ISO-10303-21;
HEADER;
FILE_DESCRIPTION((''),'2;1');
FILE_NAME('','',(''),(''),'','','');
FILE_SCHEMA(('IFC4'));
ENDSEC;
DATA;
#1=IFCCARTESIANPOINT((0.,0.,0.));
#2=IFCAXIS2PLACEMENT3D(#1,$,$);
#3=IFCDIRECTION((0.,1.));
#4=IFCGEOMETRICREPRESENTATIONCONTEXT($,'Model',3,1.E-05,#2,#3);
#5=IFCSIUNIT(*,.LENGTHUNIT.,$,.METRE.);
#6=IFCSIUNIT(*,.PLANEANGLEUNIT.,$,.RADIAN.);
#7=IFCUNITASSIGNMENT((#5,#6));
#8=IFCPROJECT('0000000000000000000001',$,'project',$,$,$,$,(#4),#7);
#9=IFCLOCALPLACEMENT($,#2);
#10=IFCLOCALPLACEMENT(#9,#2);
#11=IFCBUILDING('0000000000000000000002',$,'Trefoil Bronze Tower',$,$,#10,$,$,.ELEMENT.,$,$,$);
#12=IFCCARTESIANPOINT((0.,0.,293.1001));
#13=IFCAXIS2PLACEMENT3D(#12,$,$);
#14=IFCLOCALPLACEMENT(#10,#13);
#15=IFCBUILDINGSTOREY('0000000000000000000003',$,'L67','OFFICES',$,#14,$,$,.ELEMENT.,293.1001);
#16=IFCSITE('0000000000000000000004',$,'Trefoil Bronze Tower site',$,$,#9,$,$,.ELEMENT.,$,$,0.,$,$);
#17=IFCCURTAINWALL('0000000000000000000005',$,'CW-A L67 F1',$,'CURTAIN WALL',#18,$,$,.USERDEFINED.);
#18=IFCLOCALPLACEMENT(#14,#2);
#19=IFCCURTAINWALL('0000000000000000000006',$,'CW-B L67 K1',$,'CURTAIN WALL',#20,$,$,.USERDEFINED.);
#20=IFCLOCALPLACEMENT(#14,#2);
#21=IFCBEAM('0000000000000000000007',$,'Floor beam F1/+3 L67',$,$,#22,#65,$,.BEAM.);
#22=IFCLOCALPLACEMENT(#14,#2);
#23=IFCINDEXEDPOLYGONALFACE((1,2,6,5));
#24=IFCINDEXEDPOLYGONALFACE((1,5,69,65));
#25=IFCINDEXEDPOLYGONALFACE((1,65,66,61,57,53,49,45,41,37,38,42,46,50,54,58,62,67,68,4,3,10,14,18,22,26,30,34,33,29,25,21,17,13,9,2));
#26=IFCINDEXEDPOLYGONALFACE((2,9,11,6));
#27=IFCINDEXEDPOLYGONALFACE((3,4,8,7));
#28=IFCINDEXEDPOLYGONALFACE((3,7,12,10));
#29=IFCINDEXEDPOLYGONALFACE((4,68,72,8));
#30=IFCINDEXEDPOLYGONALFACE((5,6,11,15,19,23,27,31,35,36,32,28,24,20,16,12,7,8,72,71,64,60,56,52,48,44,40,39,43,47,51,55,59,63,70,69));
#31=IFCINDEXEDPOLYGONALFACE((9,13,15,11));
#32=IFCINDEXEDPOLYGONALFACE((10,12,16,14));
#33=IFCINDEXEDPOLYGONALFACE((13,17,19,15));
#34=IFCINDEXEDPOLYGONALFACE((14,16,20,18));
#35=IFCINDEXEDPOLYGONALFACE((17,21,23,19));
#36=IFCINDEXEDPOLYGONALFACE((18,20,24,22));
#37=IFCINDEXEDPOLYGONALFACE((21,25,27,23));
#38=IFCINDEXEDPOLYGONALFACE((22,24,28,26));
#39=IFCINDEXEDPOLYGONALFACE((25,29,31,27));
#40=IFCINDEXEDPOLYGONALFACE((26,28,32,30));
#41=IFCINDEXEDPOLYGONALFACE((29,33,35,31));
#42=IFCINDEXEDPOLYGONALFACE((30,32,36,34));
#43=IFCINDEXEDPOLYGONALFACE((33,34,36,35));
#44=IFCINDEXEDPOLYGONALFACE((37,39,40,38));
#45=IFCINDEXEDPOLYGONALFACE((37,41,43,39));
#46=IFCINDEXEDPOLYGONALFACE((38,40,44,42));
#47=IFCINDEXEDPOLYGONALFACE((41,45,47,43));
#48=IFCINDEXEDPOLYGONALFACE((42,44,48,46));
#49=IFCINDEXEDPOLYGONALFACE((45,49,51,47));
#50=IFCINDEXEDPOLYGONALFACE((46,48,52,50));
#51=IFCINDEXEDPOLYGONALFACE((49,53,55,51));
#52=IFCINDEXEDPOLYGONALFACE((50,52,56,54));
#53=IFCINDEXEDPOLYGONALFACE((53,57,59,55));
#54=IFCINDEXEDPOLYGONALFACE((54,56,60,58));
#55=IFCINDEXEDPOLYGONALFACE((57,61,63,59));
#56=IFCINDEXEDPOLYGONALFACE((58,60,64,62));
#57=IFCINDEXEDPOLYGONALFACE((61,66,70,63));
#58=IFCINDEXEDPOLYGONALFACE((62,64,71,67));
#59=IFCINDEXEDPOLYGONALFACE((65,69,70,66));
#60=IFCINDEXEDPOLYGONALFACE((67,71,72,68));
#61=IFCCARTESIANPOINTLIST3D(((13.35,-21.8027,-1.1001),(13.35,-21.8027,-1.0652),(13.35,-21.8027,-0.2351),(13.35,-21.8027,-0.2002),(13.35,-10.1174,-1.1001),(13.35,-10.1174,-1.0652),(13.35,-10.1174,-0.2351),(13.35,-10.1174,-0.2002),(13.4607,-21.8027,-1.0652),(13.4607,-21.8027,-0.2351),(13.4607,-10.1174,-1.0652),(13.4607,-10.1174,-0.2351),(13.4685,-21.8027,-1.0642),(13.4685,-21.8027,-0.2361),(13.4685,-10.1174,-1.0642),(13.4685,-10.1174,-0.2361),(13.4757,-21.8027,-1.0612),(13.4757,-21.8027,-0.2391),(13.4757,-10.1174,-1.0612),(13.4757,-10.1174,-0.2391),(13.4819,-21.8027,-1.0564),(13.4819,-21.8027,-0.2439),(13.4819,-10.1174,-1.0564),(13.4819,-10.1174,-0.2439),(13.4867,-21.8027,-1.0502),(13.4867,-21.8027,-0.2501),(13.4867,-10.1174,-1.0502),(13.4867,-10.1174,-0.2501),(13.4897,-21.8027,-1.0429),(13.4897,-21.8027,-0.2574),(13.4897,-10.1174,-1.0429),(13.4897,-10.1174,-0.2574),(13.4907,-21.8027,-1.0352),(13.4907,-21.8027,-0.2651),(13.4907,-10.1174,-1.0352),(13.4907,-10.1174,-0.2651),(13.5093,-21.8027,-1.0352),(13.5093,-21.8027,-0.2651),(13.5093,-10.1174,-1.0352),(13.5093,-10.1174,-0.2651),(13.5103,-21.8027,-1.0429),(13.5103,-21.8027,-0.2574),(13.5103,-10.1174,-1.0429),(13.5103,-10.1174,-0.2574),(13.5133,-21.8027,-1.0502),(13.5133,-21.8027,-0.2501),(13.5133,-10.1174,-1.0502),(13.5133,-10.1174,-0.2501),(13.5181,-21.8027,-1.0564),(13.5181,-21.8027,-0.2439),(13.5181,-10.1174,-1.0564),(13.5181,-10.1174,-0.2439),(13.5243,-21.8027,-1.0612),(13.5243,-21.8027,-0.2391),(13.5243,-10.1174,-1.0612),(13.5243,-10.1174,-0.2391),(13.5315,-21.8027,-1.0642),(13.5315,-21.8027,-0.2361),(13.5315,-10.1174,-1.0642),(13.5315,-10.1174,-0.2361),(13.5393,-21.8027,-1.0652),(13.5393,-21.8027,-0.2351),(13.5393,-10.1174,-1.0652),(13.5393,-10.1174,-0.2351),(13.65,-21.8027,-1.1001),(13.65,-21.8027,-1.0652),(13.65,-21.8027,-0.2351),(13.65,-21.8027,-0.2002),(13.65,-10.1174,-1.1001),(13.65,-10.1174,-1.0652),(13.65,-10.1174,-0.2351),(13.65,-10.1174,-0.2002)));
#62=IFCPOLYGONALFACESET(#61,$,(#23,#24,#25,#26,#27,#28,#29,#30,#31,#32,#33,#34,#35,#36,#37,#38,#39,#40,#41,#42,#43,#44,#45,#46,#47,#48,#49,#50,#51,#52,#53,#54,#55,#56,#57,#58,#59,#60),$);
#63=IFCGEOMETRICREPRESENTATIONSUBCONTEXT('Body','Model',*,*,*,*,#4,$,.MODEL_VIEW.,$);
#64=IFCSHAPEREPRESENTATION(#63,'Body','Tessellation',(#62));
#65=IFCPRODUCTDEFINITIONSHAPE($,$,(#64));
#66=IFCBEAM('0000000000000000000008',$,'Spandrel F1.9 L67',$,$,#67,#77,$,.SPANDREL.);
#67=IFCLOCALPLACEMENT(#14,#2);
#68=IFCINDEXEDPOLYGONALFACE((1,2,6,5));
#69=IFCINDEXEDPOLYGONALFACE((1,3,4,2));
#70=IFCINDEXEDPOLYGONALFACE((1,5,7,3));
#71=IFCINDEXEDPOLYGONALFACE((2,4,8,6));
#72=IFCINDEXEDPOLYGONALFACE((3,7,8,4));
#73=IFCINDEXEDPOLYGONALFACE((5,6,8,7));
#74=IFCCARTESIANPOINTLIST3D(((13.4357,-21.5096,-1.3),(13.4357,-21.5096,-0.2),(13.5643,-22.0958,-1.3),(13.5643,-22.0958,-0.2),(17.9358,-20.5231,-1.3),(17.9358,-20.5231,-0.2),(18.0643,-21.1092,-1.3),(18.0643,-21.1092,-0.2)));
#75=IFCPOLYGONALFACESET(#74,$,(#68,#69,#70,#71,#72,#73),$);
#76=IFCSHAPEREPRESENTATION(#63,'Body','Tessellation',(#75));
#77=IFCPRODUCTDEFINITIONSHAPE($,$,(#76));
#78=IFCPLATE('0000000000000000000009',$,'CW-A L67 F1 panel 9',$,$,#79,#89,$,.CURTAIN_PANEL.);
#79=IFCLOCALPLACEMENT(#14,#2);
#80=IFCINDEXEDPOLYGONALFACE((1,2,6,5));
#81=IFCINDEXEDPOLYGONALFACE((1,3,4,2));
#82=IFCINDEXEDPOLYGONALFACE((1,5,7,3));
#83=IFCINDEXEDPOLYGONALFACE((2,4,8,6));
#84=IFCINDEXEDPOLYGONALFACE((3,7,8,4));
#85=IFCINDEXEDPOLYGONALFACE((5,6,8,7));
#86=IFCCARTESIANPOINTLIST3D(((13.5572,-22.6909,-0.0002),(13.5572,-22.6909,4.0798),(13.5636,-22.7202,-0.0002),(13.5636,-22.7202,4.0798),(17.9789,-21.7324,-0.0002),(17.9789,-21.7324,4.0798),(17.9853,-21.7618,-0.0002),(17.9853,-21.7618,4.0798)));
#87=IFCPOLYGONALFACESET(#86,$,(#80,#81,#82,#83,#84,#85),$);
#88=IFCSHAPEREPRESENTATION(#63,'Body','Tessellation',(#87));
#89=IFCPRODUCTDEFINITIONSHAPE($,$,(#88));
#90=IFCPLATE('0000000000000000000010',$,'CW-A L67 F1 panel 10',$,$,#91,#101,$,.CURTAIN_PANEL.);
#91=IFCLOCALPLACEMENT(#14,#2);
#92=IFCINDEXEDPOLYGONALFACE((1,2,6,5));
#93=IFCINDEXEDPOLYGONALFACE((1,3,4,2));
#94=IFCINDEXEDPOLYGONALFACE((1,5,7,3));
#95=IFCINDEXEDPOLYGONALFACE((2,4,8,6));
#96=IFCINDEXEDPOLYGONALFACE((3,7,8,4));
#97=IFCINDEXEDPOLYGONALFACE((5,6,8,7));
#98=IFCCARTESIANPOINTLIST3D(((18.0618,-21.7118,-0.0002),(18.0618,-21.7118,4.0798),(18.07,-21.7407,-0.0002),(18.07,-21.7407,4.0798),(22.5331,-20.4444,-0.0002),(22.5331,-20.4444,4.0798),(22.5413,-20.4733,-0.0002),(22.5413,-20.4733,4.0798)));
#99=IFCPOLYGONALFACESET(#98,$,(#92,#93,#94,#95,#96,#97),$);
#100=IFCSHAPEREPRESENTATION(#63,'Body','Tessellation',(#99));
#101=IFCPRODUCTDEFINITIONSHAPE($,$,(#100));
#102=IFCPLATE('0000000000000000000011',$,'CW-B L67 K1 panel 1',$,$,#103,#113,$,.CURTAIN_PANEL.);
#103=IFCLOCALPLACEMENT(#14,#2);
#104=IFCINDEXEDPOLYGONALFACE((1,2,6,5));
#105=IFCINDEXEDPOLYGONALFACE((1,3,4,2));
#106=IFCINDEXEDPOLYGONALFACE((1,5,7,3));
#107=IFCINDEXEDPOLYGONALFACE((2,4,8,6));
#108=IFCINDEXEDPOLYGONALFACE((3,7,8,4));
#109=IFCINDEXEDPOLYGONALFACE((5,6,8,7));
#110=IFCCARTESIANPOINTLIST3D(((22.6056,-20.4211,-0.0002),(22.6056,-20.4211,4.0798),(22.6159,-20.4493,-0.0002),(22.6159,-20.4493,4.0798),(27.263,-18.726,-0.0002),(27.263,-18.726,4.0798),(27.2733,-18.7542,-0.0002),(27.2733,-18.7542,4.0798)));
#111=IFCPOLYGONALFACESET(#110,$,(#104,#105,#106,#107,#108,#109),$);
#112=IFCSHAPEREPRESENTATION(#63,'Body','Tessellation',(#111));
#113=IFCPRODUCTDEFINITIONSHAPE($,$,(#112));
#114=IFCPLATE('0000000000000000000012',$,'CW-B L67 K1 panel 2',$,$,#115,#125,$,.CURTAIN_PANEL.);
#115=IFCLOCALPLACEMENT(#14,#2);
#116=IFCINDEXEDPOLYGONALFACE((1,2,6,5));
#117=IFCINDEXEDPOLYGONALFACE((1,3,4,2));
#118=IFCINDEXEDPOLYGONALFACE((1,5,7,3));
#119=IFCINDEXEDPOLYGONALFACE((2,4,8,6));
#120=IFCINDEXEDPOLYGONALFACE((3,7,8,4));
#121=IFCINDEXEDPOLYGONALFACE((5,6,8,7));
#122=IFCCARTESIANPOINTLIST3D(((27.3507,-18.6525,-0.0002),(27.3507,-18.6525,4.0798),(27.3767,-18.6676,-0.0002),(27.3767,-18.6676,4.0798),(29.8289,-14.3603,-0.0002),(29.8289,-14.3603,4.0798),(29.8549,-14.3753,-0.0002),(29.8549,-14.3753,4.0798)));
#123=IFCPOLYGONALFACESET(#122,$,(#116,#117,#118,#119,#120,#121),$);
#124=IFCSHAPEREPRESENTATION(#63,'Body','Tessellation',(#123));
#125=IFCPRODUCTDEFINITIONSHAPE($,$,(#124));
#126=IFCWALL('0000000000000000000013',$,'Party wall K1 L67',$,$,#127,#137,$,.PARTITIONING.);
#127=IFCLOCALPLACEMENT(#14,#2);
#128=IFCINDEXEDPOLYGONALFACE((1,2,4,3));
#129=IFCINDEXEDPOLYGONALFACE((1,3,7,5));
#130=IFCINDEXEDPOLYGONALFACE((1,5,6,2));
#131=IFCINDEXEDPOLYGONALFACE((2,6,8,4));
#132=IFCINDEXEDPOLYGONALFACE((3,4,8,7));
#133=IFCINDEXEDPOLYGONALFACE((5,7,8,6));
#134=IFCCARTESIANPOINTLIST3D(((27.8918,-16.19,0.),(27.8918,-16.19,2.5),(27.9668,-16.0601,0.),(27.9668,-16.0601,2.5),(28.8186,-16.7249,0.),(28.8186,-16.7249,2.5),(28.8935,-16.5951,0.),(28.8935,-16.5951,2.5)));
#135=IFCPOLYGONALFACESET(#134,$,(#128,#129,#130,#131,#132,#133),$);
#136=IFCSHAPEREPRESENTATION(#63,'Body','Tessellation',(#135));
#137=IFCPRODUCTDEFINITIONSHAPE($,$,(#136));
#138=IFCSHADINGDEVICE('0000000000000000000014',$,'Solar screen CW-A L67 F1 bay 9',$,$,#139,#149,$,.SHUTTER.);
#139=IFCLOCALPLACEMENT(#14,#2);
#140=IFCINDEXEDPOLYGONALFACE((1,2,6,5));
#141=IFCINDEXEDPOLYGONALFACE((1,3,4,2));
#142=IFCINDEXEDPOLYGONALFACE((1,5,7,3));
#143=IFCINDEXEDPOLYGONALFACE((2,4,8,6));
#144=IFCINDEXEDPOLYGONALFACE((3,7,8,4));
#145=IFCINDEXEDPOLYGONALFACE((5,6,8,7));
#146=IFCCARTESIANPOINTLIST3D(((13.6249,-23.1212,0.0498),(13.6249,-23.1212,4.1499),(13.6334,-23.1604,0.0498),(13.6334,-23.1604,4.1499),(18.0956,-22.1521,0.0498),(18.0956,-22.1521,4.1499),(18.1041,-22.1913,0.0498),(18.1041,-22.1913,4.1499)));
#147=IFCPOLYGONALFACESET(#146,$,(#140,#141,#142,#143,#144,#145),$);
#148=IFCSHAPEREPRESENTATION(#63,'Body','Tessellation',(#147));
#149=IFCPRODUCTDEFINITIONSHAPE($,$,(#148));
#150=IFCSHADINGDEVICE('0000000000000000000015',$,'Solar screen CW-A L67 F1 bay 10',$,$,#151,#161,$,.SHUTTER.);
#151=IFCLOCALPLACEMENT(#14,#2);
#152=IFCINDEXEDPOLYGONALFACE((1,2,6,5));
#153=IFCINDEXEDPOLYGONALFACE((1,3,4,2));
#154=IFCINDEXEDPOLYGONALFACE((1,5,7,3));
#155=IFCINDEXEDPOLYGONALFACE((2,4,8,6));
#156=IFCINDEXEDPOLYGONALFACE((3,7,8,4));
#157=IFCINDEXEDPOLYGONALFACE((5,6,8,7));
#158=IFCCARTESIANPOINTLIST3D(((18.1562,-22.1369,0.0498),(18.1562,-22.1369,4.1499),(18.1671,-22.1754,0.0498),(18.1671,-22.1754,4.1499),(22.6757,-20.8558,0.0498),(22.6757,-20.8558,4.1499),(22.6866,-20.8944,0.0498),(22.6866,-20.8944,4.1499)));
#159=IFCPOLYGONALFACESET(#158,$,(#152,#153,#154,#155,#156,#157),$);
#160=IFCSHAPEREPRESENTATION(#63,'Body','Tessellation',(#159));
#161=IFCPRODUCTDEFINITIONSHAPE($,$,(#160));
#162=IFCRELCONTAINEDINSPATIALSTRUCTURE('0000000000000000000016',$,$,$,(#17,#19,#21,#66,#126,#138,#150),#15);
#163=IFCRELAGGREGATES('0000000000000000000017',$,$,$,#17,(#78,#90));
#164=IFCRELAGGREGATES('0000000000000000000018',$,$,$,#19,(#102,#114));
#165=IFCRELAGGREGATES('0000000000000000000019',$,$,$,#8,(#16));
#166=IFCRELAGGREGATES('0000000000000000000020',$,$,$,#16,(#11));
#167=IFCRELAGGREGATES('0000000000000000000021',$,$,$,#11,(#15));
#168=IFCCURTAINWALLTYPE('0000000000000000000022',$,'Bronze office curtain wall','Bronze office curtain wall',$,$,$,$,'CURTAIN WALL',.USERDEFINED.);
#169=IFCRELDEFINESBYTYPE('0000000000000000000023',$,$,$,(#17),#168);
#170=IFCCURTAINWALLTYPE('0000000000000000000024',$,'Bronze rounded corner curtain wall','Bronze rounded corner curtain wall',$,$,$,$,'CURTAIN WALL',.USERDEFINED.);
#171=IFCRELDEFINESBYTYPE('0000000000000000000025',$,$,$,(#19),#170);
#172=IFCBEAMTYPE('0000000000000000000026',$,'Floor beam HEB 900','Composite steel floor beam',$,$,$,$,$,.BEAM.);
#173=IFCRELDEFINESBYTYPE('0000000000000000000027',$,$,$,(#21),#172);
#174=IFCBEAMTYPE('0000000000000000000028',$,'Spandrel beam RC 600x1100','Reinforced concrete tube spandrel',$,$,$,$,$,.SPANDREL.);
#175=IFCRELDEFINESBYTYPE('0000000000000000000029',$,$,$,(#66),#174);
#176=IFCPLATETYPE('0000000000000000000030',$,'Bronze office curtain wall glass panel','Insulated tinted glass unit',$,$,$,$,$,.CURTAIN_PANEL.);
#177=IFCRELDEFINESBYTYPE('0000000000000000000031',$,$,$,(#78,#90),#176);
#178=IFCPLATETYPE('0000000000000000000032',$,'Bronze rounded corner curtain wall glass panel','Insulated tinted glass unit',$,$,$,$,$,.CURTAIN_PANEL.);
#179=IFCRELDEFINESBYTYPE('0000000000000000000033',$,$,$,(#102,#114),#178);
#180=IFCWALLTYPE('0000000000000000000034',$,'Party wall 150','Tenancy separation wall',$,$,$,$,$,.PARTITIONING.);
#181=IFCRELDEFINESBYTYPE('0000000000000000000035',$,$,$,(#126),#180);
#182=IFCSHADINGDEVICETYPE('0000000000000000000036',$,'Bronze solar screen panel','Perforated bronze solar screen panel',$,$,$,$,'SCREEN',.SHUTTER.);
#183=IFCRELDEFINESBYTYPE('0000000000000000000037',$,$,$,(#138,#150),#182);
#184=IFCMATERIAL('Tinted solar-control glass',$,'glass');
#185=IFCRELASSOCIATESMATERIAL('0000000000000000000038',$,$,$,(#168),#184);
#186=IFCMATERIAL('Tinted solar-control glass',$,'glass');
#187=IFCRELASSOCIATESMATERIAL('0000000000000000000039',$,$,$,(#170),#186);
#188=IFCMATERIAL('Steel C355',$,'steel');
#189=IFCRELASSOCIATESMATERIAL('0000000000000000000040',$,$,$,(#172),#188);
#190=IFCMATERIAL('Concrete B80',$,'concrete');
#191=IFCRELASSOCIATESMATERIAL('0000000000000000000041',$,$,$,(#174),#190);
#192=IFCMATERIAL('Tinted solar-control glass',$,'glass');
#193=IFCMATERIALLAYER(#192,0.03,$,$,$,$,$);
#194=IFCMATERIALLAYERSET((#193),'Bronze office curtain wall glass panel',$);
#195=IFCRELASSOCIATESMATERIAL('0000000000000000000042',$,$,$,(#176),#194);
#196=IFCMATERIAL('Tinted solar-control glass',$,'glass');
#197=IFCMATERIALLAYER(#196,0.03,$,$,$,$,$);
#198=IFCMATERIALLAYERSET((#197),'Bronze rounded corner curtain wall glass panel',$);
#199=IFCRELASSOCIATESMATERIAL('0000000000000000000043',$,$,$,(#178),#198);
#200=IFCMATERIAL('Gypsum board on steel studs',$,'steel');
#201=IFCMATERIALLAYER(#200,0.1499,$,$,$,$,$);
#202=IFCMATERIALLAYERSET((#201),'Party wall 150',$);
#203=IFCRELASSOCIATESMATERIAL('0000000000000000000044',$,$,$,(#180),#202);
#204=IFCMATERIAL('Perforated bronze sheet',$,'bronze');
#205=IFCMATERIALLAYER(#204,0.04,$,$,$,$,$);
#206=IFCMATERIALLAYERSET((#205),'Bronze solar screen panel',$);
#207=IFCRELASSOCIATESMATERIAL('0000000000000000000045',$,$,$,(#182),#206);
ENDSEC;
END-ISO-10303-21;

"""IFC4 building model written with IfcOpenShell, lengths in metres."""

from ifc_helpers import new_model, si_unit, direction, frame, frame_2d, origin, origin_2d, place, context, subcontext, project, spatial, rectangle, i_section, extrude, material, layer, layer_set, material_profile, profile_set, type_object, element, aggregate, save


model = new_model("IFC4")

# Units and contexts
model_context = context("Model", 3, precision=1e-05, world=origin(), true_north=direction((0.0, 1.0)))
body_context = subcontext(model_context, "Body", "Model", "MODEL_VIEW")
ifc_project = project(units=[si_unit("LENGTHUNIT", "METRE"), si_unit("PLANEANGLEUNIT", "RADIAN")], contexts=[model_context])

# Site, building, storey
site_placement = place(None, origin())
site = spatial("IfcSite", under=ifc_project, at=site_placement, Name="Trefoil Bronze Tower site", CompositionType="ELEMENT", RefElevation=0.0)
building_placement = place(site_placement, origin())
building = spatial("IfcBuilding", under=site, at=building_placement, Name="Trefoil Bronze Tower", CompositionType="ELEMENT")
storey_placement = place(building_placement, frame((0.0, 0.0, 293.1001)))
storey = spatial("IfcBuildingStorey", under=building, at=storey_placement, Name="L67", Description="OFFICES", CompositionType="ELEMENT", Elevation=293.1001)

# Curtain walls
ifc_material_1 = material(Name="Tinted solar-control glass", Category="glass")
curtain_wall_type_1 = type_object("IfcCurtainWallType", Name="Bronze office curtain wall", Description="Bronze office curtain wall", ElementType="CURTAIN WALL", PredefinedType="USERDEFINED", material=ifc_material_1)
curtain_wall_1_placement = place(storey_placement, origin())
curtain_wall_1 = element("IfcCurtainWall", 1, at=curtain_wall_1_placement, inside=storey, type_object=curtain_wall_type_1, Name="CW-A L67 F1", ObjectType="CURTAIN WALL", PredefinedType="USERDEFINED")
ifc_material_2 = material(Name="Tinted solar-control glass", Category="glass")
curtain_wall_type_2 = type_object("IfcCurtainWallType", Name="Bronze rounded corner curtain wall", Description="Bronze rounded corner curtain wall", ElementType="CURTAIN WALL", PredefinedType="USERDEFINED", material=ifc_material_2)
curtain_wall_2_placement = place(storey_placement, origin())
curtain_wall_2 = element("IfcCurtainWall", 2, at=curtain_wall_2_placement, inside=storey, type_object=curtain_wall_type_2, Name="CW-B L67 K1", ObjectType="CURTAIN WALL", PredefinedType="USERDEFINED")

# Beams
ifc_material_3 = material(Name="Steel C355", Category="steel")
ifc_material_profile_1 = material_profile(ifc_material_3, i_section(OverallWidth=0.3, OverallDepth=0.8999, WebThickness=0.0186, FlangeThickness=0.0349, FilletRadius=0.03, at=origin_2d()), Name="HEB 900")
ifc_profile_set_1 = profile_set([ifc_material_profile_1], Name="Steel C355")
beam_type_1 = type_object("IfcBeamType", Name="Floor beam HEB 900", Description="Composite steel floor beam", PredefinedType="BEAM", material=ifc_profile_set_1)
beam_1_placement = place(storey_placement, frame((13.5, -21.8027, -0.6501), z_axis=(0.0, 1.0, 0.0), x_axis=(-1.0, 0.0, 0.0)))
element("IfcBeam", 3, at=beam_1_placement, inside=storey, type_object=beam_type_1, Name="Floor beam F1/+3 L67", PredefinedType="BEAM", context=body_context, shape_type="SweptSolid", body=[
    extrude(i_section(OverallWidth=0.3, OverallDepth=0.8999, WebThickness=0.0186, FlangeThickness=0.0349, FilletRadius=0.03, at=origin_2d()), origin(), (0.0, 0.0, 1.0), 11.6853),
])
ifc_material_4 = material(Name="Concrete B80", Category="concrete")
ifc_material_profile_2 = material_profile(ifc_material_4, rectangle(XDim=0.6001, YDim=1.1001, at=origin_2d()), Name="RC 600x1100")
ifc_profile_set_2 = profile_set([ifc_material_profile_2], Name="Concrete B80")
beam_type_2 = type_object("IfcBeamType", Name="Spandrel beam RC 600x1100", Description="Reinforced concrete tube spandrel", PredefinedType="SPANDREL", material=ifc_profile_set_2)
beam_2_placement = place(storey_placement, frame((13.5, -21.8027, -0.75), z_axis=(0.9768, 0.214152, 0.0), x_axis=(-0.214152, 0.9768, 0.0)))
element("IfcBeam", 4, at=beam_2_placement, inside=storey, type_object=beam_type_2, Name="Spandrel F1.9 L67", PredefinedType="SPANDREL", context=body_context, shape_type="SweptSolid", body=[
    extrude(rectangle(XDim=0.6001, YDim=1.1001, at=origin_2d()), origin(), (0.0, 0.0, 1.0), 4.6069),
])

# Plates
ifc_material_5 = material(Name="Tinted solar-control glass", Category="glass")
ifc_layer_1 = layer(ifc_material_5, 0.03)
ifc_layer_set_1 = layer_set([ifc_layer_1], Name="Bronze office curtain wall glass panel")
plate_type_1 = type_object("IfcPlateType", Name="Bronze office curtain wall glass panel", Description="Insulated tinted glass unit", PredefinedType="CURTAIN_PANEL", material=ifc_layer_set_1)
plate_1_placement = place(storey_placement, frame((15.7712, -22.2263, -0.0002), z_axis=(0.0, 0.0, 1.0), x_axis=(0.977303, 0.211846, 0.0)))
plate_1 = element("IfcPlate", 5, at=plate_1_placement, type_object=plate_type_1, Name="CW-A L67 F1 panel 9", PredefinedType="CURTAIN_PANEL", context=body_context, shape_type="SweptSolid", body=[
    extrude(rectangle(XDim=4.5244, YDim=0.03, at=origin_2d()), origin(), (0.0, 0.0, 1.0), 4.0801),
])
plate_2_placement = place(storey_placement, frame((20.3015, -21.0925, -0.0002), z_axis=(0.0, 0.0, 1.0), x_axis=(0.962098, 0.272705, 0.0)))
plate_2 = element("IfcPlate", 6, at=plate_2_placement, type_object=plate_type_1, Name="CW-A L67 F1 panel 10", PredefinedType="CURTAIN_PANEL", context=body_context, shape_type="SweptSolid", body=[
    extrude(rectangle(XDim=4.6475, YDim=0.03, at=origin_2d()), origin(), (0.0, 0.0, 1.0), 4.0801),
])
aggregate(curtain_wall_1, [plate_1, plate_2])
ifc_material_6 = material(Name="Tinted solar-control glass", Category="glass")
ifc_layer_2 = layer(ifc_material_6, 0.03)
ifc_layer_set_2 = layer_set([ifc_layer_2], Name="Bronze rounded corner curtain wall glass panel")
plate_type_2 = type_object("IfcPlateType", Name="Bronze rounded corner curtain wall glass panel", Description="Insulated tinted glass unit", PredefinedType="CURTAIN_PANEL", material=ifc_layer_set_2)
plate_3_placement = place(storey_placement, frame((24.9395, -19.5876, -0.0002), z_axis=(0.0, 0.0, 1.0), x_axis=(0.939693, 0.34202, 0.0)))
plate_3 = element("IfcPlate", 7, at=plate_3_placement, type_object=plate_type_2, Name="CW-B L67 K1 panel 1", PredefinedType="CURTAIN_PANEL", context=body_context, shape_type="SweptSolid", body=[
    extrude(rectangle(XDim=4.9563, YDim=0.03, at=origin_2d()), origin(), (0.0, 0.0, 1.0), 4.0801),
])
plate_4_placement = place(storey_placement, frame((28.6028, -16.5139, -0.0002), z_axis=(0.0, 0.0, 1.0), x_axis=(0.5, 0.866025, 0.0)))
plate_4 = element("IfcPlate", 8, at=plate_4_placement, type_object=plate_type_2, Name="CW-B L67 K1 panel 2", PredefinedType="CURTAIN_PANEL", context=body_context, shape_type="SweptSolid", body=[
    extrude(rectangle(XDim=4.9563, YDim=0.03, at=origin_2d()), origin(), (0.0, 0.0, 1.0), 4.0801),
])
aggregate(curtain_wall_2, [plate_3, plate_4])

# Wall
ifc_material_7 = material(Name="Gypsum board on steel studs", Category="steel")
ifc_layer_3 = layer(ifc_material_7, 0.1499)
ifc_layer_set_3 = layer_set([ifc_layer_3], Name="Party wall 150")
wall_type = type_object("IfcWallType", Name="Party wall 150", Description="Tenancy separation wall", PredefinedType="PARTITIONING", material=ifc_layer_set_3)
wall_placement = place(storey_placement, frame((27.9292, -16.125, 0.0), z_axis=(0.0, 0.0, 1.0), x_axis=(0.866087, -0.499894, 0.0)))
element("IfcWall", 9, at=wall_placement, inside=storey, type_object=wall_type, Name="Party wall K1 L67", PredefinedType="PARTITIONING", context=body_context, shape_type="SweptSolid", body=[
    extrude(rectangle(XDim=1.0701, YDim=0.1499, at=frame_2d((0.5352, 0.0))), origin(), (0.0, 0.0, 1.0), 2.5),
])

# Shading devices
ifc_material_8 = material(Name="Perforated bronze sheet", Category="bronze")
ifc_layer_4 = layer(ifc_material_8, 0.04)
ifc_layer_set_4 = layer_set([ifc_layer_4], Name="Bronze solar screen panel")
shading_device_type = type_object("IfcShadingDeviceType", Name="Bronze solar screen panel", Description="Perforated bronze solar screen panel", ElementType="SCREEN", PredefinedType="SHUTTER", material=ifc_layer_set_4)
shading_device_1_placement = place(storey_placement, frame((15.8645, -22.6562, 0.0498), z_axis=(0.0, 0.0, 1.0), x_axis=(0.977303, 0.211846, 0.0)))
element("IfcShadingDevice", 10, at=shading_device_1_placement, inside=storey, type_object=shading_device_type, Name="Solar screen CW-A L67 F1 bay 9", PredefinedType="SHUTTER", context=body_context, shape_type="SweptSolid", body=[
    extrude(rectangle(XDim=4.5745, YDim=0.04, at=origin_2d()), origin(), (0.0, 0.0, 1.0), 4.1001),
])
shading_device_2_placement = place(storey_placement, frame((20.4214, -21.5156, 0.0498), z_axis=(0.0, 0.0, 1.0), x_axis=(0.962098, 0.272705, 0.0)))
element("IfcShadingDevice", 11, at=shading_device_2_placement, inside=storey, type_object=shading_device_type, Name="Solar screen CW-A L67 F1 bay 10", PredefinedType="SHUTTER", context=body_context, shape_type="SweptSolid", body=[
    extrude(rectangle(XDim=4.6975, YDim=0.04, at=origin_2d()), origin(), (0.0, 0.0, 1.0), 4.1001),
])

save(model, "model.ifc")
